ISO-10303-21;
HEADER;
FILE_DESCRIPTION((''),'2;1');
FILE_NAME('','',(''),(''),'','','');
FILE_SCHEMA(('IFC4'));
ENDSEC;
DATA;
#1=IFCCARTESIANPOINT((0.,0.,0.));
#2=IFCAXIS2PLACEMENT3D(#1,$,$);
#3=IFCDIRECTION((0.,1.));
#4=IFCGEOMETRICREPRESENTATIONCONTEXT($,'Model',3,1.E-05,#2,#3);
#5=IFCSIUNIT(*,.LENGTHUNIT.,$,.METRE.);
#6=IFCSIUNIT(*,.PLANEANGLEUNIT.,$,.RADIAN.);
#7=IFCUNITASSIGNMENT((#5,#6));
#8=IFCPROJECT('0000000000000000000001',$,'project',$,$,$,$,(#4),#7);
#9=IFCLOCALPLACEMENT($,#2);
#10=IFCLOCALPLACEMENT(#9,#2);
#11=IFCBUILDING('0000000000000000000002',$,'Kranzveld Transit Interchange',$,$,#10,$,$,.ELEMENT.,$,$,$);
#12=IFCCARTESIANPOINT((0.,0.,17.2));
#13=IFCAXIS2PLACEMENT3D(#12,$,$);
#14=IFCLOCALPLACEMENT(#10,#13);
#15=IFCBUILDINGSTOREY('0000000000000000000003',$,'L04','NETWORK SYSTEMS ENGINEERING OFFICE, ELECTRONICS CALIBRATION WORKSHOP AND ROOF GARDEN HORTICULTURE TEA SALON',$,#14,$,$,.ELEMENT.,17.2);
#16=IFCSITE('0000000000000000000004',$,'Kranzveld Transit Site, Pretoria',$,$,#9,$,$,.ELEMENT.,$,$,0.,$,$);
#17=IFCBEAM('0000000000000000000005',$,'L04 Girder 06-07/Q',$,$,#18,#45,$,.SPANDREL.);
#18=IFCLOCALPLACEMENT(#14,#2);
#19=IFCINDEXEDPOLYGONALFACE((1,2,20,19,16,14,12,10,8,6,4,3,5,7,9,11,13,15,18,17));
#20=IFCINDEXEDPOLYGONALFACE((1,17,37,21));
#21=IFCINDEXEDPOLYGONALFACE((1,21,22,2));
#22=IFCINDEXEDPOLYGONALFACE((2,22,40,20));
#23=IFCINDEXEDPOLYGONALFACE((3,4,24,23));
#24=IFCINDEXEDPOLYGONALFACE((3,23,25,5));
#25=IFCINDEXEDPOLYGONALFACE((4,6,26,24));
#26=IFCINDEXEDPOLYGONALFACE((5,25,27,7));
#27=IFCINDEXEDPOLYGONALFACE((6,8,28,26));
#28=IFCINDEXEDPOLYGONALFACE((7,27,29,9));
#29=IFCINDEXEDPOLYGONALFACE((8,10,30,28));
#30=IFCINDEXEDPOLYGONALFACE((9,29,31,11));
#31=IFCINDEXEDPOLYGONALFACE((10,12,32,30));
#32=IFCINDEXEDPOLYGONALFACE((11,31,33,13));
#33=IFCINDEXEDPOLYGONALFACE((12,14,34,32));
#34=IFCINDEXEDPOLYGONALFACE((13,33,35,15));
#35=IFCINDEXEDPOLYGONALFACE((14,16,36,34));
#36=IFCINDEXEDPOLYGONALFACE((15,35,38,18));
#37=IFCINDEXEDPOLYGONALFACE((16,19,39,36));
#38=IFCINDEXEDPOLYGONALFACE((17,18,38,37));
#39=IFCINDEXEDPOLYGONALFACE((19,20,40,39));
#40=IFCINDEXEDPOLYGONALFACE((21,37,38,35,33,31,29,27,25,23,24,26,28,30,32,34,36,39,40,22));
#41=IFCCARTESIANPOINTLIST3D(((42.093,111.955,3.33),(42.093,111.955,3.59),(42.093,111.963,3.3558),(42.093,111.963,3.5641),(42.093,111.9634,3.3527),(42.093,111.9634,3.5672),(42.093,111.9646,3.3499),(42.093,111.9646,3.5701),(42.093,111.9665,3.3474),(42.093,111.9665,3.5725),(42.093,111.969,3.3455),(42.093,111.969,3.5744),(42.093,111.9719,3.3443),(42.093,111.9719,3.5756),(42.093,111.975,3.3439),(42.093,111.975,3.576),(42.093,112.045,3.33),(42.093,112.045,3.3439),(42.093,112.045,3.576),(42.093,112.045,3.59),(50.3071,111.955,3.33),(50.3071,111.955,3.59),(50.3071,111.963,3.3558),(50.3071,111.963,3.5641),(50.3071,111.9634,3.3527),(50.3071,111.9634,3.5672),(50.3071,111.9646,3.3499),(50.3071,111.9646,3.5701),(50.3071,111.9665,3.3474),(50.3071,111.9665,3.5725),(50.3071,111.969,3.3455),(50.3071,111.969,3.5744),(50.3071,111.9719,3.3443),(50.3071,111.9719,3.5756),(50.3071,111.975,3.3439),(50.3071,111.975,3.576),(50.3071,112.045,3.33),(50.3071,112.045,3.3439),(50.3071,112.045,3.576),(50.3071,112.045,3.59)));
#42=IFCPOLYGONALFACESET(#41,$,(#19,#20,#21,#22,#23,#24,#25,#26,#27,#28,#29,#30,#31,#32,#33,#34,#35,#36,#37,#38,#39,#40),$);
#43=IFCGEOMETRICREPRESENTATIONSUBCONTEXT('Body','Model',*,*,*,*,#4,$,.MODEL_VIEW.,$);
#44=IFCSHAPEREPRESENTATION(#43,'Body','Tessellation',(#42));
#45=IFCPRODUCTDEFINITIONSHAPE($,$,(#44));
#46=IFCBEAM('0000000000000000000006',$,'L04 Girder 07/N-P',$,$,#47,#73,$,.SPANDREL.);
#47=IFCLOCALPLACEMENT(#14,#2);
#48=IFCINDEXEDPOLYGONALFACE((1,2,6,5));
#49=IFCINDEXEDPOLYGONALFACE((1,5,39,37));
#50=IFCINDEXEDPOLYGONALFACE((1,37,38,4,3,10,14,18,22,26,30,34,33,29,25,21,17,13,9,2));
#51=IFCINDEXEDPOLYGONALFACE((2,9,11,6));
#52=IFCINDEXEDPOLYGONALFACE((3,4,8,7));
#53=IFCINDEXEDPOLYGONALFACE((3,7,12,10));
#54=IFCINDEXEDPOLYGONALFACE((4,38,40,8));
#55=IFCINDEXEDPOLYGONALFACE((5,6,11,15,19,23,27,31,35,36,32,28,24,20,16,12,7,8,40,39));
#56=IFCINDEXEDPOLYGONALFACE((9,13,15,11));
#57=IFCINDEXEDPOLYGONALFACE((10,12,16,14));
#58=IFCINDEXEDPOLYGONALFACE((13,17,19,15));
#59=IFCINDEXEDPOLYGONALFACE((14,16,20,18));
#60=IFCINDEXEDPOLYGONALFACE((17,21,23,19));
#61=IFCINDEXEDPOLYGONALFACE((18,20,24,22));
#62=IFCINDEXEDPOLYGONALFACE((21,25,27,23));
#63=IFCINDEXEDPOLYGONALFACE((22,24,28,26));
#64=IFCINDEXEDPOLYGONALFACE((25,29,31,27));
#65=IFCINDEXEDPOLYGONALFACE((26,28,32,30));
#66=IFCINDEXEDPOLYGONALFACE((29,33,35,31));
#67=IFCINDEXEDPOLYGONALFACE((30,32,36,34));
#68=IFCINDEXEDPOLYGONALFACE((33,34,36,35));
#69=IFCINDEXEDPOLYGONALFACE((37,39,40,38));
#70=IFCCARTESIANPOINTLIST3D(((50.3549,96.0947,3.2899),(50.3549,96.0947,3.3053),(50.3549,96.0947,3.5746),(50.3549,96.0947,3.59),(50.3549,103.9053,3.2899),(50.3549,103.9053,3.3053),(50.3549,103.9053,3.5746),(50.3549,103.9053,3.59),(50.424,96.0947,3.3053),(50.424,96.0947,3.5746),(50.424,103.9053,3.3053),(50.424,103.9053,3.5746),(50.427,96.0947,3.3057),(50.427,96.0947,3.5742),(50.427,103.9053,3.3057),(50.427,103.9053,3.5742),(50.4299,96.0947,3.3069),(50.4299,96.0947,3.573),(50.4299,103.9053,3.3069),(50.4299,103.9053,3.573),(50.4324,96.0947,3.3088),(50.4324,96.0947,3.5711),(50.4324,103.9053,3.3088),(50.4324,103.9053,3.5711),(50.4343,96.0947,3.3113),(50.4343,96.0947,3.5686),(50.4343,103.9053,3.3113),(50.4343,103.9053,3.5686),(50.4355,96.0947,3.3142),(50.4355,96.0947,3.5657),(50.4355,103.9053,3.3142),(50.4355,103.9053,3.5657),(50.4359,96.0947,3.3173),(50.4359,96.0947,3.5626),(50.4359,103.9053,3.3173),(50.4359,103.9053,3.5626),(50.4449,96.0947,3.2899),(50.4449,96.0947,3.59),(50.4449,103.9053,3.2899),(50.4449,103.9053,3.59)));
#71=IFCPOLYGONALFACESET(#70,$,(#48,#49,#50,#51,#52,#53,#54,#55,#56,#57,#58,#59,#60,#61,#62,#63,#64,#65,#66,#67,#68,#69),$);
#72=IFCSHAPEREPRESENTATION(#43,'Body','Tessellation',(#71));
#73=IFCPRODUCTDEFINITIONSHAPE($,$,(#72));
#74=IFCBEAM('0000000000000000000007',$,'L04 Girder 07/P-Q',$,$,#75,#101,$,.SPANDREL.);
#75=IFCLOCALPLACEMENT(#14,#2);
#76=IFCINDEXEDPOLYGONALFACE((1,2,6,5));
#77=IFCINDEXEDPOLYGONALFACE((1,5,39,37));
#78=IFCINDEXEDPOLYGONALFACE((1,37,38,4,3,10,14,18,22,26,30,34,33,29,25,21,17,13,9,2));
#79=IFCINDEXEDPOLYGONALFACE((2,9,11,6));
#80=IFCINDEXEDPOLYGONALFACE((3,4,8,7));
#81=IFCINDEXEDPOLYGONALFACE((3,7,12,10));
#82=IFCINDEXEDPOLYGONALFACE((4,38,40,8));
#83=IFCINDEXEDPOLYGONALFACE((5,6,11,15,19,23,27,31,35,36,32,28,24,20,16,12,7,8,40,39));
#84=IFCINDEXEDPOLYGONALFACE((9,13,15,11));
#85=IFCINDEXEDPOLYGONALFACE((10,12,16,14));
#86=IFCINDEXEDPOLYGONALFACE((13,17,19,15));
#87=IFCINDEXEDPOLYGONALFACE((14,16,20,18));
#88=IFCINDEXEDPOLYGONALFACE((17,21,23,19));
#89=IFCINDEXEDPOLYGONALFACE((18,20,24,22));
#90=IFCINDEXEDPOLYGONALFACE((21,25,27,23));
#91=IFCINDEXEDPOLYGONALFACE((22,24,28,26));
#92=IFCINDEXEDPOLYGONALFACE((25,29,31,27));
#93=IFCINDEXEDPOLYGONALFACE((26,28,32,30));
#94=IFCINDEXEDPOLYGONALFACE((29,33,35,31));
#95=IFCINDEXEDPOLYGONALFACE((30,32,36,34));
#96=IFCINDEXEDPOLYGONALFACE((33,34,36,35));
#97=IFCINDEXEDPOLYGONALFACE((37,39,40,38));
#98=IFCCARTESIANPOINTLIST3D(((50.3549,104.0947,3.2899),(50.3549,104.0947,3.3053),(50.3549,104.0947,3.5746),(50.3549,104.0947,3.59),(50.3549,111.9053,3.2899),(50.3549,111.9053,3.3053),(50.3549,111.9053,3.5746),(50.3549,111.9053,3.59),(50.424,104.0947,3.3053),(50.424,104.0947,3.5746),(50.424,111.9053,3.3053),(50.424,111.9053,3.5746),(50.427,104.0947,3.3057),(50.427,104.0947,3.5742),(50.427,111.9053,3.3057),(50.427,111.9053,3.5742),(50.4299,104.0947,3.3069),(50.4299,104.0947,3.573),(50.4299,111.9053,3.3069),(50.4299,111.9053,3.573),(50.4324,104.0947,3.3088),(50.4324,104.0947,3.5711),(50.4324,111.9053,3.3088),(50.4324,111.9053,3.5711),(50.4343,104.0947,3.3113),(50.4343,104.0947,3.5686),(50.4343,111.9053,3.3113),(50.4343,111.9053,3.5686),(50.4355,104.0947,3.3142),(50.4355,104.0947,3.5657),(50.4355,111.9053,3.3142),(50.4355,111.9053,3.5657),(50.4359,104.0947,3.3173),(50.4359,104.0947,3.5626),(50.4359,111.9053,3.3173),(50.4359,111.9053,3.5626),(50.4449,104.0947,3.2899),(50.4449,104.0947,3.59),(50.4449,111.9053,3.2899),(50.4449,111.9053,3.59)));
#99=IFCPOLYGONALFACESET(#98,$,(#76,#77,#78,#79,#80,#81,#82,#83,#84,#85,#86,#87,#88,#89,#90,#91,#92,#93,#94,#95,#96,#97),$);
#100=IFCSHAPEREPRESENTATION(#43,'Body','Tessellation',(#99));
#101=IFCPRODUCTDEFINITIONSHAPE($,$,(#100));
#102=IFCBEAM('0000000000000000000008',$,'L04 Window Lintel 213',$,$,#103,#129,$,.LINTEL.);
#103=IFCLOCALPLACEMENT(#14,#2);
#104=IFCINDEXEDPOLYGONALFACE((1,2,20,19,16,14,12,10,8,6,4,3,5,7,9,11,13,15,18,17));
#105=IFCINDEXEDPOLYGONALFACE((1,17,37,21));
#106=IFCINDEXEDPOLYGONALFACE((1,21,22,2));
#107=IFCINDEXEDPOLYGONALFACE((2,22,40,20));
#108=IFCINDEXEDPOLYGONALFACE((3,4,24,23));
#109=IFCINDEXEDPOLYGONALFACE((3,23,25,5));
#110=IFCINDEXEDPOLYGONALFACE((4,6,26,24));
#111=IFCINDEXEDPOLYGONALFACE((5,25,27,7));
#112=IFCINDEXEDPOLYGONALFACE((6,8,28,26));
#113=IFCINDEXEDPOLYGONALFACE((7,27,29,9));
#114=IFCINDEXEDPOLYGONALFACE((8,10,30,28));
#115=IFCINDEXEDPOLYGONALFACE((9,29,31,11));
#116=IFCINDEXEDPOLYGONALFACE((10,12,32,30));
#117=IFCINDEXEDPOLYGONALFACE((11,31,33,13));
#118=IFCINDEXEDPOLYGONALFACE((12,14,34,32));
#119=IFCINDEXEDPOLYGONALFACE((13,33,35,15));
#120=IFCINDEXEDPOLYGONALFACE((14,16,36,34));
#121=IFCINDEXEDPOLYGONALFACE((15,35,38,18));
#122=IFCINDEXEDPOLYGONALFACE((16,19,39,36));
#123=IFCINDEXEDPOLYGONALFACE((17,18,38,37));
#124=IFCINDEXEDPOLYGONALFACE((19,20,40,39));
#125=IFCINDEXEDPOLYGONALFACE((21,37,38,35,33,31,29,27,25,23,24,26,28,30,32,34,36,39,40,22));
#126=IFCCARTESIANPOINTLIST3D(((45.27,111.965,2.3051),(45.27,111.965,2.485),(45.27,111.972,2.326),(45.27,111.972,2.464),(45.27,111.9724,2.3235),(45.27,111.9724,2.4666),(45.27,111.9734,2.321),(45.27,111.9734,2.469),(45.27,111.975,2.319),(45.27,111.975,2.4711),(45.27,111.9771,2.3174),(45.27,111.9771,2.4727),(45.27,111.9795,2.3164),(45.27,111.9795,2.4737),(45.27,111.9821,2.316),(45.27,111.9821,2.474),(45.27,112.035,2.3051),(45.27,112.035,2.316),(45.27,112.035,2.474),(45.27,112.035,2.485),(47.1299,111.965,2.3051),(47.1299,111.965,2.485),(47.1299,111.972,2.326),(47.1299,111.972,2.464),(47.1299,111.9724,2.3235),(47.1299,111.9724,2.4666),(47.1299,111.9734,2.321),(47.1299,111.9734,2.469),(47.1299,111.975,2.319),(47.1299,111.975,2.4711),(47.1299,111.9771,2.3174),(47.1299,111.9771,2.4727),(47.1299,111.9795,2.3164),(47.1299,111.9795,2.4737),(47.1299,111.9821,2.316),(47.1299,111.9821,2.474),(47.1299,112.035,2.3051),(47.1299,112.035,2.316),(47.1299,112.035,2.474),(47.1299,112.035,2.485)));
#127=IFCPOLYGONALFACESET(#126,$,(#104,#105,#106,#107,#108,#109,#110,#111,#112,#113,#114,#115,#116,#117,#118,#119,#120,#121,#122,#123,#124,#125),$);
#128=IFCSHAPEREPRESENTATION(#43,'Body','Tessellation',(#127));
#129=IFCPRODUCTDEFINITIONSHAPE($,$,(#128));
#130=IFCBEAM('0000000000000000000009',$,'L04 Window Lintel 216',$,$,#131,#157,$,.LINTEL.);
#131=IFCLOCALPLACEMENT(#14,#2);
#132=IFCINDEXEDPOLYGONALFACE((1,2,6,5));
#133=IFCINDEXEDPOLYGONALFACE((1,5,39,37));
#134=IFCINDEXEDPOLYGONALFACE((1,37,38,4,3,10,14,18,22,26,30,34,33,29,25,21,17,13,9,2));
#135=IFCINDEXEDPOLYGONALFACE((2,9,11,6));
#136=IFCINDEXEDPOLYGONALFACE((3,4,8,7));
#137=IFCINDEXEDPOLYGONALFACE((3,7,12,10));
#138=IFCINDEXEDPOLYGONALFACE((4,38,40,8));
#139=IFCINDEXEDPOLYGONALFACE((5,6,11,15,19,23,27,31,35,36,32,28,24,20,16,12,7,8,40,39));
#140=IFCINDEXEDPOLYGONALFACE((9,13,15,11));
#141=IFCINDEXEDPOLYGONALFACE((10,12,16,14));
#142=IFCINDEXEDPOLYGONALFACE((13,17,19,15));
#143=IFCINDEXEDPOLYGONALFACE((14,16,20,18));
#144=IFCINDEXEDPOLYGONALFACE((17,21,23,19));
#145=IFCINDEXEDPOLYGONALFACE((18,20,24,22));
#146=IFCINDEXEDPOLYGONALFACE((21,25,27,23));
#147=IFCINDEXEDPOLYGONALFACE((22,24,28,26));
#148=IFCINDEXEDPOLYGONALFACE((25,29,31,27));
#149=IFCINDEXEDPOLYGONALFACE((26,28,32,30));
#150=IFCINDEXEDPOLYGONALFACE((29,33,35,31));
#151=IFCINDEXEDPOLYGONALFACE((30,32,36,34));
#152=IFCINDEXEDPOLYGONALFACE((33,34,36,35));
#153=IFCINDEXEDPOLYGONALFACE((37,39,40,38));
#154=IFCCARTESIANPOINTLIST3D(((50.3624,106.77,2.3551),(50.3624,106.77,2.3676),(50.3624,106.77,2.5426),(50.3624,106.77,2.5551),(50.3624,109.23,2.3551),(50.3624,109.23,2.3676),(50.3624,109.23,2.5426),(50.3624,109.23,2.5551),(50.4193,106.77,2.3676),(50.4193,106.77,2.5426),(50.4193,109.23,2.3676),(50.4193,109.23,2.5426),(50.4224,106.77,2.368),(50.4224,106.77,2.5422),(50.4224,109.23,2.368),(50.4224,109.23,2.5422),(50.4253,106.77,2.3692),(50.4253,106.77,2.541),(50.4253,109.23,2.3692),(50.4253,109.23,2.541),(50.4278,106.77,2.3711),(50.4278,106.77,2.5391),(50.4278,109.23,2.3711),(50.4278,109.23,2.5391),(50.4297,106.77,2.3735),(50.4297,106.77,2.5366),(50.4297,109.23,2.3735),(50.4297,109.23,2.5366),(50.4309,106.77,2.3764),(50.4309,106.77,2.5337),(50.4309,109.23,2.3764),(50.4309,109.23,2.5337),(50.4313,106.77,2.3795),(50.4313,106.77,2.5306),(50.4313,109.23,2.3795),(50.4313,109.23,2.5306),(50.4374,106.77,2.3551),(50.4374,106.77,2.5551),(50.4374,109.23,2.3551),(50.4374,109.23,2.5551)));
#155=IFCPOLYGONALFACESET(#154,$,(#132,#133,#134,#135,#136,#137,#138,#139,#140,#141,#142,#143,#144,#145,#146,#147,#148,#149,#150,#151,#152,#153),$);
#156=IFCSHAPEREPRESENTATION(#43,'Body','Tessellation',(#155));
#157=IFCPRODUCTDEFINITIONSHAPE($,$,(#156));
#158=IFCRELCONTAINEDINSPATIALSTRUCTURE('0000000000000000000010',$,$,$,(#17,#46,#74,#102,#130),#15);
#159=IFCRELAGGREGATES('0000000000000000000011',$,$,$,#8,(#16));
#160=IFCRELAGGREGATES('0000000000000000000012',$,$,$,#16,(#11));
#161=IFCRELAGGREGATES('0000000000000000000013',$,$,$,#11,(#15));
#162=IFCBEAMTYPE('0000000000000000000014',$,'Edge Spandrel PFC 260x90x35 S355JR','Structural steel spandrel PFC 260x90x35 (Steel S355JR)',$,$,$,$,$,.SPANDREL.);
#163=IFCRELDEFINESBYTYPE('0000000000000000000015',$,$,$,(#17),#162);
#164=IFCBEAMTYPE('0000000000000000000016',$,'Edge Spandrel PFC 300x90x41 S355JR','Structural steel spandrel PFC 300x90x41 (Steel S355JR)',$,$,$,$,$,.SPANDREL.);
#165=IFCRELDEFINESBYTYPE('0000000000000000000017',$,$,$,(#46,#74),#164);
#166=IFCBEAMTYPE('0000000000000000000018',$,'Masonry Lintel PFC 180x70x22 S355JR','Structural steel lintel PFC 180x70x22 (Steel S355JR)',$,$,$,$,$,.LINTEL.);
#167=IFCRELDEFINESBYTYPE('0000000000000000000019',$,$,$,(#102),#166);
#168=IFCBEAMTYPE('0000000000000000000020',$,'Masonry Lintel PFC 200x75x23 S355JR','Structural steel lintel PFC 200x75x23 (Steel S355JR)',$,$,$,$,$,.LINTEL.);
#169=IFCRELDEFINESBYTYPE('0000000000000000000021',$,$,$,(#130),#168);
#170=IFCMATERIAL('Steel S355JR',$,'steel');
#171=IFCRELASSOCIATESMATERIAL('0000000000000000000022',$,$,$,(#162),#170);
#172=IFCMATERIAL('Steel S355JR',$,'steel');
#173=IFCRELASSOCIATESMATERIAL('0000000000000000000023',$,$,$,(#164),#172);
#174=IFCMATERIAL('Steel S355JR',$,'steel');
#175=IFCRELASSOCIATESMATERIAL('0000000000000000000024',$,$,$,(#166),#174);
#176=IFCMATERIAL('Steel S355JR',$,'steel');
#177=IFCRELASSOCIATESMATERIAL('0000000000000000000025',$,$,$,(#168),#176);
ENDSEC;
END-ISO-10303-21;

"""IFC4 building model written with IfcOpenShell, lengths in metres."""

from ifc_helpers import new_model, si_unit, direction, frame, origin, origin_2d, place, context, subcontext, project, spatial, u_section, extrude, material, material_profile, profile_set, type_object, element, save


model = new_model("IFC4")

# Units and contexts
model_context = context("Model", 3, precision=1e-05, world=origin(), true_north=direction((0.0, 1.0)))
body_context = subcontext(model_context, "Body", "Model", "MODEL_VIEW")
ifc_project = project(units=[si_unit("LENGTHUNIT", "METRE"), si_unit("PLANEANGLEUNIT", "RADIAN")], contexts=[model_context])

# Site, building, storey
site_placement = place(None, origin())
site = spatial("IfcSite", under=ifc_project, at=site_placement, Name="Kranzveld Transit Site, Pretoria", CompositionType="ELEMENT", RefElevation=0.0)
building_placement = place(site_placement, origin())
building = spatial("IfcBuilding", under=site, at=building_placement, Name="Kranzveld Transit Interchange", CompositionType="ELEMENT")
storey_placement = place(building_placement, frame((0.0, 0.0, 17.2)))
storey = spatial("IfcBuildingStorey", under=building, at=storey_placement, Name="L04", Description="NETWORK SYSTEMS ENGINEERING OFFICE, ELECTRONICS CALIBRATION WORKSHOP AND ROOF GARDEN HORTICULTURE TEA SALON", CompositionType="ELEMENT", Elevation=17.2)

# Beams
ifc_material_1 = material(Name="Steel S355JR", Category="steel")
ifc_material_profile_1 = material_profile(ifc_material_1, u_section(Depth=0.26, FlangeWidth=0.0901, WebThickness=0.0081, FlangeThickness=0.0139, FilletRadius=0.012, at=origin_2d()), Name="PFC 260x90x35")
ifc_profile_set_1 = profile_set([ifc_material_profile_1], Name="Steel S355JR")
beam_type_1 = type_object("IfcBeamType", Name="Edge Spandrel PFC 260x90x35 S355JR", Description="Structural steel spandrel PFC 260x90x35 (Steel S355JR)", PredefinedType="SPANDREL", material=ifc_profile_set_1)
beam_1_placement = place(storey_placement, frame((42.093, 112.0, 3.46), z_axis=(1.0, 0.0, 0.0), x_axis=(0.0, 1.0, 0.0)))
element("IfcBeam", 1, at=beam_1_placement, inside=storey, type_object=beam_type_1, Name="L04 Girder 06-07/Q", PredefinedType="SPANDREL", context=body_context, shape_type="SweptSolid", body=[
    extrude(u_section(Depth=0.26, FlangeWidth=0.0901, WebThickness=0.0081, FlangeThickness=0.0139, FilletRadius=0.012, at=origin_2d()), origin(), (0.0, 0.0, 1.0), 8.2141),
])
ifc_material_2 = material(Name="Steel S355JR", Category="steel")
ifc_material_profile_2 = material_profile(ifc_material_2, u_section(Depth=0.3, FlangeWidth=0.0901, WebThickness=0.009, FlangeThickness=0.0154, FilletRadius=0.012, at=origin_2d()), Name="PFC 300x90x41")
ifc_profile_set_2 = profile_set([ifc_material_profile_2], Name="Steel S355JR")
beam_type_2 = type_object("IfcBeamType", Name="Edge Spandrel PFC 300x90x41 S355JR", Description="Structural steel spandrel PFC 300x90x41 (Steel S355JR)", PredefinedType="SPANDREL", material=ifc_profile_set_2)
for number, where, z_axis, x_axis, name in (
    (2, (50.3999, 96.0947, 3.4399), (0.0, 1.0, 0.0), (-1.0, 0.0, 0.0), "L04 Girder 07/N-P"),
    (3, (50.3999, 104.0947, 3.4399), (0.0, 1.0, 0.0), (-1.0, 0.0, 0.0), "L04 Girder 07/P-Q"),
):
    element("IfcBeam", number, at=place(storey_placement, frame(where, z_axis=z_axis, x_axis=x_axis)), inside=storey, type_object=beam_type_2, Name=name, PredefinedType="SPANDREL", context=body_context, shape_type="SweptSolid", body=[
        extrude(u_section(Depth=0.3, FlangeWidth=0.0901, WebThickness=0.009, FlangeThickness=0.0154, FilletRadius=0.012, at=origin_2d()), origin(), (0.0, 0.0, 1.0), 7.8105),
    ])
ifc_material_3 = material(Name="Steel S355JR", Category="steel")
ifc_material_profile_3 = material_profile(ifc_material_3, u_section(Depth=0.1799, FlangeWidth=0.0701, WebThickness=0.0071, FlangeThickness=0.011, FilletRadius=0.01, at=origin_2d()), Name="PFC 180x70x22")
ifc_profile_set_3 = profile_set([ifc_material_profile_3], Name="Steel S355JR")
beam_type_3 = type_object("IfcBeamType", Name="Masonry Lintel PFC 180x70x22 S355JR", Description="Structural steel lintel PFC 180x70x22 (Steel S355JR)", PredefinedType="LINTEL", material=ifc_profile_set_3)
beam_2_placement = place(storey_placement, frame((45.27, 112.0, 2.395), z_axis=(1.0, 0.0, 0.0), x_axis=(0.0, 1.0, 0.0)))
element("IfcBeam", 4, at=beam_2_placement, inside=storey, type_object=beam_type_3, Name="L04 Window Lintel 213", PredefinedType="LINTEL", context=body_context, shape_type="SweptSolid", body=[
    extrude(u_section(Depth=0.1799, FlangeWidth=0.0701, WebThickness=0.0071, FlangeThickness=0.011, FilletRadius=0.01, at=origin_2d()), origin(), (0.0, 0.0, 1.0), 1.8599),
])
ifc_material_4 = material(Name="Steel S355JR", Category="steel")
ifc_material_profile_4 = material_profile(ifc_material_4, u_section(Depth=0.2, FlangeWidth=0.075, WebThickness=0.0061, FlangeThickness=0.0125, FilletRadius=0.012, at=origin_2d()), Name="PFC 200x75x23")
ifc_profile_set_4 = profile_set([ifc_material_profile_4], Name="Steel S355JR")
beam_type_4 = type_object("IfcBeamType", Name="Masonry Lintel PFC 200x75x23 S355JR", Description="Structural steel lintel PFC 200x75x23 (Steel S355JR)", PredefinedType="LINTEL", material=ifc_profile_set_4)
beam_3_placement = place(storey_placement, frame((50.3999, 106.77, 2.4551), z_axis=(0.0, 1.0, 0.0), x_axis=(-1.0, 0.0, 0.0)))
element("IfcBeam", 5, at=beam_3_placement, inside=storey, type_object=beam_type_4, Name="L04 Window Lintel 216", PredefinedType="LINTEL", context=body_context, shape_type="SweptSolid", body=[
    extrude(u_section(Depth=0.2, FlangeWidth=0.075, WebThickness=0.0061, FlangeThickness=0.0125, FilletRadius=0.012, at=origin_2d()), origin(), (0.0, 0.0, 1.0), 2.46),
])

save(model, "model.ifc")
